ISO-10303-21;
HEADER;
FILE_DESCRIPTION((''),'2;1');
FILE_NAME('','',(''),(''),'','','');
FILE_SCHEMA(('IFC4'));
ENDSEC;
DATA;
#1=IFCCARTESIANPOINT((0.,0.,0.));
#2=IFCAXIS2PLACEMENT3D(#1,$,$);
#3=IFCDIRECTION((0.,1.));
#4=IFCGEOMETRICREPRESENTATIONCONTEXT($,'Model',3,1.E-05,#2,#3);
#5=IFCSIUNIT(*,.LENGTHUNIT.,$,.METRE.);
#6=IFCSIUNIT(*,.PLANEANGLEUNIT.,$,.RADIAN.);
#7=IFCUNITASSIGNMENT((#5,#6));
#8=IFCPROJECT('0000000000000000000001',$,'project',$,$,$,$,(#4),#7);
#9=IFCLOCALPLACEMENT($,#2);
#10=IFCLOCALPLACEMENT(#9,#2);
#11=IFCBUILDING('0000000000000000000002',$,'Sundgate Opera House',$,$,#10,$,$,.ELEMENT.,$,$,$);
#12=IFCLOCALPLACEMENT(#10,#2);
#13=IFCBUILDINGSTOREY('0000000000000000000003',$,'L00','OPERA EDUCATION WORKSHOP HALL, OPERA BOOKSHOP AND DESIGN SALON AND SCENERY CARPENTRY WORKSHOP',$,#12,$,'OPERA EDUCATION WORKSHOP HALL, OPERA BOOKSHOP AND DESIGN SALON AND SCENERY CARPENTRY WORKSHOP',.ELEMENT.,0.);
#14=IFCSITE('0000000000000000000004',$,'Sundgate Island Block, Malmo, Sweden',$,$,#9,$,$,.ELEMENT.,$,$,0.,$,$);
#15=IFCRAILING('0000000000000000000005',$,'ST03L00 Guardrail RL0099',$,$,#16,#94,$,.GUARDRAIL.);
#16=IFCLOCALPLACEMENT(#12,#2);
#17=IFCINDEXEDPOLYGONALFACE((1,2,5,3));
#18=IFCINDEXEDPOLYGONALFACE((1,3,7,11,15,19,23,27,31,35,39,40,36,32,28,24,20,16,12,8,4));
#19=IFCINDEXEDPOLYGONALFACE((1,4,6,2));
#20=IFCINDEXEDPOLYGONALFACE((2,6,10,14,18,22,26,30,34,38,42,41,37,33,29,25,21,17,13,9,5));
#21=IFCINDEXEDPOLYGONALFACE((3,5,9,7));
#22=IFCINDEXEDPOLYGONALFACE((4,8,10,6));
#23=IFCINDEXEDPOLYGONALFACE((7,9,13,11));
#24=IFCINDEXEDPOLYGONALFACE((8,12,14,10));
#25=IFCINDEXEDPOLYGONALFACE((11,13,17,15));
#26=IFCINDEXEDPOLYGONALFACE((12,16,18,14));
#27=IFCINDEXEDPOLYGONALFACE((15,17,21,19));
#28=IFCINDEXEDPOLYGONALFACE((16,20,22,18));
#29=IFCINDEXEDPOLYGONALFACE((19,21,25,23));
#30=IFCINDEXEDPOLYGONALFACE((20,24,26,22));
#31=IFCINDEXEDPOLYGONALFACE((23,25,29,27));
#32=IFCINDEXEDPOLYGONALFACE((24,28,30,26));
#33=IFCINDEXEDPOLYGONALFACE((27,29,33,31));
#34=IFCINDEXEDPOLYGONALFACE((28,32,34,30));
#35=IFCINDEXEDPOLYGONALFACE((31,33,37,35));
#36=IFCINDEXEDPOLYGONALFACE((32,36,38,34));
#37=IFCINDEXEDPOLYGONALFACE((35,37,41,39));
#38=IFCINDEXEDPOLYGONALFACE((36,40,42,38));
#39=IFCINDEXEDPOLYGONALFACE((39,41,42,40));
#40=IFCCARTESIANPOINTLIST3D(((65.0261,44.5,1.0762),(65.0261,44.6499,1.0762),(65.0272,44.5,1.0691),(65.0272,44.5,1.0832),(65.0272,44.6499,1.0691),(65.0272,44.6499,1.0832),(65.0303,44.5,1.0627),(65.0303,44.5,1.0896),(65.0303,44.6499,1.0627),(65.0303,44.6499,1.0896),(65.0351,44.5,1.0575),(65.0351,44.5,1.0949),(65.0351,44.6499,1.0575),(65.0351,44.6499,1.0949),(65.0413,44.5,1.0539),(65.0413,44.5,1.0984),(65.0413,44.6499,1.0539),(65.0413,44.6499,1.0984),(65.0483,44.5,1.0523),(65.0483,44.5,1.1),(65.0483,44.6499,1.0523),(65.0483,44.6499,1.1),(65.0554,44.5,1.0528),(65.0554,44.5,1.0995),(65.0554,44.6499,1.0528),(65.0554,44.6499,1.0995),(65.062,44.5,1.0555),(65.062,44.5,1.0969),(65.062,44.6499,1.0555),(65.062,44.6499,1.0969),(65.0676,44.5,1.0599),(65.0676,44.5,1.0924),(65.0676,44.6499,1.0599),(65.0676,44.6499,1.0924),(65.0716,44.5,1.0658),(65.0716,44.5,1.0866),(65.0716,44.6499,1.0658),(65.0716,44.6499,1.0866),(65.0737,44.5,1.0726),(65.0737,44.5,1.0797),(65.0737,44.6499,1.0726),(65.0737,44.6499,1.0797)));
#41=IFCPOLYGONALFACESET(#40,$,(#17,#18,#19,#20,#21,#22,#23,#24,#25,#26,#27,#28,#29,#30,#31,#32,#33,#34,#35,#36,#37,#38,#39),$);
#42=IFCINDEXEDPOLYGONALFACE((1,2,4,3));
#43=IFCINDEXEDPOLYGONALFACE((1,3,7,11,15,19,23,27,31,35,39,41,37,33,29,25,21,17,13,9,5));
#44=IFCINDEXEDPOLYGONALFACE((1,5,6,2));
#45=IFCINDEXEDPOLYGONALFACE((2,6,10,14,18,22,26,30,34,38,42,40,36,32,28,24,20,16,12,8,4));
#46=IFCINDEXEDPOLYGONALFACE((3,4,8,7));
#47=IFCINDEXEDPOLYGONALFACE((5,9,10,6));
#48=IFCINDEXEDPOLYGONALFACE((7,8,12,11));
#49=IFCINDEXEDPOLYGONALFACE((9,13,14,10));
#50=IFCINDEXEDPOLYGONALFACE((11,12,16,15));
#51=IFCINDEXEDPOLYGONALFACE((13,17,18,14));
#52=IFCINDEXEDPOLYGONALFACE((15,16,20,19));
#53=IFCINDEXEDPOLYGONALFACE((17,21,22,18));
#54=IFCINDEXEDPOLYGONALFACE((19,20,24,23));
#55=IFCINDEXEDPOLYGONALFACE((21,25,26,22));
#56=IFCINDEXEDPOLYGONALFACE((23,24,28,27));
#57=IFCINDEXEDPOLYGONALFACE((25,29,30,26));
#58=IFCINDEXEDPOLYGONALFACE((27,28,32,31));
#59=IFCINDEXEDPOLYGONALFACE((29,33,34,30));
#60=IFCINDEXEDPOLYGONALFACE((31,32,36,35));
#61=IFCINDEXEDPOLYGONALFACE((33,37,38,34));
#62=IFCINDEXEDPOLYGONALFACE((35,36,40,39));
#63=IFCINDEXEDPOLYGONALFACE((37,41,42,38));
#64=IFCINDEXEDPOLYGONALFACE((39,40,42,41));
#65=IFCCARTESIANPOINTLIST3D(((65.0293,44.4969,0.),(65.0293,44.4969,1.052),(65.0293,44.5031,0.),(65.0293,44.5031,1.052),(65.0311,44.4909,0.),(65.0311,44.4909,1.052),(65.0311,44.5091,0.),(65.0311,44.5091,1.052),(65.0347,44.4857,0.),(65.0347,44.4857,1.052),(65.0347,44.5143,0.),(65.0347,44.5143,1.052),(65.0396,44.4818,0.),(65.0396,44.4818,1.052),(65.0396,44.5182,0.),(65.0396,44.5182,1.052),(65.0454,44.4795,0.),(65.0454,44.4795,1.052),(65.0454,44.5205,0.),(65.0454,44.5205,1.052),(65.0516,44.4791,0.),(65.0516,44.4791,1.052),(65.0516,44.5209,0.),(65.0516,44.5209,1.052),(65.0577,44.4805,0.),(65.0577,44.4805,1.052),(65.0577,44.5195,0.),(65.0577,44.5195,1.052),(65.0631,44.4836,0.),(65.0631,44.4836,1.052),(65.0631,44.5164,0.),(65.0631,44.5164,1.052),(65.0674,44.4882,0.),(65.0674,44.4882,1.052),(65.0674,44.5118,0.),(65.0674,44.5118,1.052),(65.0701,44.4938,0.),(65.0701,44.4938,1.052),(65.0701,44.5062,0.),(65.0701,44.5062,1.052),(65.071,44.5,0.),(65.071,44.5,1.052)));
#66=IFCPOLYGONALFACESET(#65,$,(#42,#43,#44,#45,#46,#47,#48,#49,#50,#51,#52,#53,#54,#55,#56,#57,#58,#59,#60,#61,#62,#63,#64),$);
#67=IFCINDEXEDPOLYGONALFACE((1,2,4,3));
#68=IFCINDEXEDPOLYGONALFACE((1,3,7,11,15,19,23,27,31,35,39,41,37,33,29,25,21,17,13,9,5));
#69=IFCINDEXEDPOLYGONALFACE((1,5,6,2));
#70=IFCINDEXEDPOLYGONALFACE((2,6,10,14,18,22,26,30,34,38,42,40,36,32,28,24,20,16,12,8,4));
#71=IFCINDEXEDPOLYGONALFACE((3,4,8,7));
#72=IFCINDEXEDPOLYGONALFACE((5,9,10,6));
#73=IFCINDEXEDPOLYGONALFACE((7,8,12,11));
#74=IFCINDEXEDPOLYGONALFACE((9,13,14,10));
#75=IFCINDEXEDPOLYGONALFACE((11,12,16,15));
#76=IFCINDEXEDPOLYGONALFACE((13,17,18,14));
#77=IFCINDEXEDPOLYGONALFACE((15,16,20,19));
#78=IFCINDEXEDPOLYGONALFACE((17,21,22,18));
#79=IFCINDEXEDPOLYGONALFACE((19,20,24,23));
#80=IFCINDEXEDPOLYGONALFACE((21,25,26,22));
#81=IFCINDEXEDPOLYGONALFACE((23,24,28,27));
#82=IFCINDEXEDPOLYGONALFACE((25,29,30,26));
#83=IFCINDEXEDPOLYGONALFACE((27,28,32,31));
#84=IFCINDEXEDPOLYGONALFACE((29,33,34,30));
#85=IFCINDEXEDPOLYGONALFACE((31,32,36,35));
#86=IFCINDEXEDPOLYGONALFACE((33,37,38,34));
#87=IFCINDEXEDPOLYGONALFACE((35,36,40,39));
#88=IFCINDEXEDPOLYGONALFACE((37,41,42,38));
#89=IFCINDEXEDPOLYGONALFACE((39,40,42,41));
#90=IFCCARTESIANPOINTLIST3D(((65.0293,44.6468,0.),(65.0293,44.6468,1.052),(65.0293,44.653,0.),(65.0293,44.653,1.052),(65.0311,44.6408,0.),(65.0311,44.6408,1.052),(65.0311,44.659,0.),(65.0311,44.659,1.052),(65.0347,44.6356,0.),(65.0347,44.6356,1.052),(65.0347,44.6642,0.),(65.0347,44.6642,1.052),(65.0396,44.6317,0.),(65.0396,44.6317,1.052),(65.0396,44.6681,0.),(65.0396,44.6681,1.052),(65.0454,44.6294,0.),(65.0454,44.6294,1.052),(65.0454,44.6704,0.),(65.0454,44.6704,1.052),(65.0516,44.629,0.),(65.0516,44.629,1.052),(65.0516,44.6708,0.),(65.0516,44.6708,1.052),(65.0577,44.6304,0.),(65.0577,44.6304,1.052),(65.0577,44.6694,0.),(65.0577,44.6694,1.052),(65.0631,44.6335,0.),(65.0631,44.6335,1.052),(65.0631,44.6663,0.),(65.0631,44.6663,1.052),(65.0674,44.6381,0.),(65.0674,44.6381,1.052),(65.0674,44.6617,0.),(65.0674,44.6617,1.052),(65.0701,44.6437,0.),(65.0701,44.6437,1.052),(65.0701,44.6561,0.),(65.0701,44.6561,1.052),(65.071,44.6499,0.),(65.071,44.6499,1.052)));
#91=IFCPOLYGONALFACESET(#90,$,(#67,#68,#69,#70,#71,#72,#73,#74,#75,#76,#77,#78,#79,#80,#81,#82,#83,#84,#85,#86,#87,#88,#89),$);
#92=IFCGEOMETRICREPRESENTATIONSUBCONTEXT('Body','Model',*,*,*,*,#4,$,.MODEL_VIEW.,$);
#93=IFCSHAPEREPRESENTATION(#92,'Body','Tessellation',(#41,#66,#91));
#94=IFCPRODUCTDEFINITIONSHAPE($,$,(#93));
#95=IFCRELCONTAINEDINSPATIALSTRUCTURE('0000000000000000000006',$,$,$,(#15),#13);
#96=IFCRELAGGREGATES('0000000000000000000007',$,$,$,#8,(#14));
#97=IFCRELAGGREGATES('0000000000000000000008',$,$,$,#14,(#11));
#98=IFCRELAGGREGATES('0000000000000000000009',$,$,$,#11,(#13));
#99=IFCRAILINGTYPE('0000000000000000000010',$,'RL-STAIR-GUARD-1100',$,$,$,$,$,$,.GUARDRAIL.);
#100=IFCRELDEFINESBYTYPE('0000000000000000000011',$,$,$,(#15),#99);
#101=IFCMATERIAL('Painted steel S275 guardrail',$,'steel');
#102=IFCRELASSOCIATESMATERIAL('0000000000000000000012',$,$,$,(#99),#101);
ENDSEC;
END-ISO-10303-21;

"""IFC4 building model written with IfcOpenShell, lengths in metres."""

from ifc_helpers import new_model, si_unit, direction, frame, origin, origin_2d, place, context, subcontext, project, spatial, circle, extrude, material, type_object, element, save


model = new_model("IFC4")

# Units and contexts
model_context = context("Model", 3, precision=1e-05, world=origin(), true_north=direction((0.0, 1.0)))
body_context = subcontext(model_context, "Body", "Model", "MODEL_VIEW")
ifc_project = project(units=[si_unit("LENGTHUNIT", "METRE"), si_unit("PLANEANGLEUNIT", "RADIAN")], contexts=[model_context])

# Site, building, storey
site_placement = place(None, origin())
site = spatial("IfcSite", under=ifc_project, at=site_placement, Name="Sundgate Island Block, Malmo, Sweden", CompositionType="ELEMENT", RefElevation=0.0)
building_placement = place(site_placement, origin())
building = spatial("IfcBuilding", under=site, at=building_placement, Name="Sundgate Opera House", CompositionType="ELEMENT")
storey_placement = place(building_placement, origin())
storey = spatial("IfcBuildingStorey", under=building, at=storey_placement, Name="L00", Description="OPERA EDUCATION WORKSHOP HALL, OPERA BOOKSHOP AND DESIGN SALON AND SCENERY CARPENTRY WORKSHOP", LongName="OPERA EDUCATION WORKSHOP HALL, OPERA BOOKSHOP AND DESIGN SALON AND SCENERY CARPENTRY WORKSHOP", CompositionType="ELEMENT", Elevation=0.0)

# Railing
ifc_material_1 = material(Name="Painted steel S275 guardrail", Category="steel")
railing_type_1 = type_object("IfcRailingType", Name="RL-STAIR-GUARD-1100", PredefinedType="GUARDRAIL", material=ifc_material_1)
railing_1_placement = place(storey_placement, frame((65.05, 44.5, 0.0)))
element("IfcRailing", 1, at=railing_1_placement, inside=storey, type_object=railing_type_1, Name="ST03L00 Guardrail RL0099", PredefinedType="GUARDRAIL", context=body_context, shape_type="SweptSolid", body=[
    extrude(circle(Radius=0.0239, at=origin_2d()), frame((0.0, 0.0, 1.0762), z_axis=(0.0, 1.0, 0.0), x_axis=(-1.0, 0.0, 0.0)), (0.0, 0.0, 1.0), 0.1499),
    extrude(circle(Radius=0.021, at=origin_2d()), origin(), (0.0, 0.0, 1.0), 1.052),
    extrude(circle(Radius=0.021, at=origin_2d()), frame((0.0, 0.1499, 0.0)), (0.0, 0.0, 1.0), 1.052),
])

save(model, "model.ifc")
